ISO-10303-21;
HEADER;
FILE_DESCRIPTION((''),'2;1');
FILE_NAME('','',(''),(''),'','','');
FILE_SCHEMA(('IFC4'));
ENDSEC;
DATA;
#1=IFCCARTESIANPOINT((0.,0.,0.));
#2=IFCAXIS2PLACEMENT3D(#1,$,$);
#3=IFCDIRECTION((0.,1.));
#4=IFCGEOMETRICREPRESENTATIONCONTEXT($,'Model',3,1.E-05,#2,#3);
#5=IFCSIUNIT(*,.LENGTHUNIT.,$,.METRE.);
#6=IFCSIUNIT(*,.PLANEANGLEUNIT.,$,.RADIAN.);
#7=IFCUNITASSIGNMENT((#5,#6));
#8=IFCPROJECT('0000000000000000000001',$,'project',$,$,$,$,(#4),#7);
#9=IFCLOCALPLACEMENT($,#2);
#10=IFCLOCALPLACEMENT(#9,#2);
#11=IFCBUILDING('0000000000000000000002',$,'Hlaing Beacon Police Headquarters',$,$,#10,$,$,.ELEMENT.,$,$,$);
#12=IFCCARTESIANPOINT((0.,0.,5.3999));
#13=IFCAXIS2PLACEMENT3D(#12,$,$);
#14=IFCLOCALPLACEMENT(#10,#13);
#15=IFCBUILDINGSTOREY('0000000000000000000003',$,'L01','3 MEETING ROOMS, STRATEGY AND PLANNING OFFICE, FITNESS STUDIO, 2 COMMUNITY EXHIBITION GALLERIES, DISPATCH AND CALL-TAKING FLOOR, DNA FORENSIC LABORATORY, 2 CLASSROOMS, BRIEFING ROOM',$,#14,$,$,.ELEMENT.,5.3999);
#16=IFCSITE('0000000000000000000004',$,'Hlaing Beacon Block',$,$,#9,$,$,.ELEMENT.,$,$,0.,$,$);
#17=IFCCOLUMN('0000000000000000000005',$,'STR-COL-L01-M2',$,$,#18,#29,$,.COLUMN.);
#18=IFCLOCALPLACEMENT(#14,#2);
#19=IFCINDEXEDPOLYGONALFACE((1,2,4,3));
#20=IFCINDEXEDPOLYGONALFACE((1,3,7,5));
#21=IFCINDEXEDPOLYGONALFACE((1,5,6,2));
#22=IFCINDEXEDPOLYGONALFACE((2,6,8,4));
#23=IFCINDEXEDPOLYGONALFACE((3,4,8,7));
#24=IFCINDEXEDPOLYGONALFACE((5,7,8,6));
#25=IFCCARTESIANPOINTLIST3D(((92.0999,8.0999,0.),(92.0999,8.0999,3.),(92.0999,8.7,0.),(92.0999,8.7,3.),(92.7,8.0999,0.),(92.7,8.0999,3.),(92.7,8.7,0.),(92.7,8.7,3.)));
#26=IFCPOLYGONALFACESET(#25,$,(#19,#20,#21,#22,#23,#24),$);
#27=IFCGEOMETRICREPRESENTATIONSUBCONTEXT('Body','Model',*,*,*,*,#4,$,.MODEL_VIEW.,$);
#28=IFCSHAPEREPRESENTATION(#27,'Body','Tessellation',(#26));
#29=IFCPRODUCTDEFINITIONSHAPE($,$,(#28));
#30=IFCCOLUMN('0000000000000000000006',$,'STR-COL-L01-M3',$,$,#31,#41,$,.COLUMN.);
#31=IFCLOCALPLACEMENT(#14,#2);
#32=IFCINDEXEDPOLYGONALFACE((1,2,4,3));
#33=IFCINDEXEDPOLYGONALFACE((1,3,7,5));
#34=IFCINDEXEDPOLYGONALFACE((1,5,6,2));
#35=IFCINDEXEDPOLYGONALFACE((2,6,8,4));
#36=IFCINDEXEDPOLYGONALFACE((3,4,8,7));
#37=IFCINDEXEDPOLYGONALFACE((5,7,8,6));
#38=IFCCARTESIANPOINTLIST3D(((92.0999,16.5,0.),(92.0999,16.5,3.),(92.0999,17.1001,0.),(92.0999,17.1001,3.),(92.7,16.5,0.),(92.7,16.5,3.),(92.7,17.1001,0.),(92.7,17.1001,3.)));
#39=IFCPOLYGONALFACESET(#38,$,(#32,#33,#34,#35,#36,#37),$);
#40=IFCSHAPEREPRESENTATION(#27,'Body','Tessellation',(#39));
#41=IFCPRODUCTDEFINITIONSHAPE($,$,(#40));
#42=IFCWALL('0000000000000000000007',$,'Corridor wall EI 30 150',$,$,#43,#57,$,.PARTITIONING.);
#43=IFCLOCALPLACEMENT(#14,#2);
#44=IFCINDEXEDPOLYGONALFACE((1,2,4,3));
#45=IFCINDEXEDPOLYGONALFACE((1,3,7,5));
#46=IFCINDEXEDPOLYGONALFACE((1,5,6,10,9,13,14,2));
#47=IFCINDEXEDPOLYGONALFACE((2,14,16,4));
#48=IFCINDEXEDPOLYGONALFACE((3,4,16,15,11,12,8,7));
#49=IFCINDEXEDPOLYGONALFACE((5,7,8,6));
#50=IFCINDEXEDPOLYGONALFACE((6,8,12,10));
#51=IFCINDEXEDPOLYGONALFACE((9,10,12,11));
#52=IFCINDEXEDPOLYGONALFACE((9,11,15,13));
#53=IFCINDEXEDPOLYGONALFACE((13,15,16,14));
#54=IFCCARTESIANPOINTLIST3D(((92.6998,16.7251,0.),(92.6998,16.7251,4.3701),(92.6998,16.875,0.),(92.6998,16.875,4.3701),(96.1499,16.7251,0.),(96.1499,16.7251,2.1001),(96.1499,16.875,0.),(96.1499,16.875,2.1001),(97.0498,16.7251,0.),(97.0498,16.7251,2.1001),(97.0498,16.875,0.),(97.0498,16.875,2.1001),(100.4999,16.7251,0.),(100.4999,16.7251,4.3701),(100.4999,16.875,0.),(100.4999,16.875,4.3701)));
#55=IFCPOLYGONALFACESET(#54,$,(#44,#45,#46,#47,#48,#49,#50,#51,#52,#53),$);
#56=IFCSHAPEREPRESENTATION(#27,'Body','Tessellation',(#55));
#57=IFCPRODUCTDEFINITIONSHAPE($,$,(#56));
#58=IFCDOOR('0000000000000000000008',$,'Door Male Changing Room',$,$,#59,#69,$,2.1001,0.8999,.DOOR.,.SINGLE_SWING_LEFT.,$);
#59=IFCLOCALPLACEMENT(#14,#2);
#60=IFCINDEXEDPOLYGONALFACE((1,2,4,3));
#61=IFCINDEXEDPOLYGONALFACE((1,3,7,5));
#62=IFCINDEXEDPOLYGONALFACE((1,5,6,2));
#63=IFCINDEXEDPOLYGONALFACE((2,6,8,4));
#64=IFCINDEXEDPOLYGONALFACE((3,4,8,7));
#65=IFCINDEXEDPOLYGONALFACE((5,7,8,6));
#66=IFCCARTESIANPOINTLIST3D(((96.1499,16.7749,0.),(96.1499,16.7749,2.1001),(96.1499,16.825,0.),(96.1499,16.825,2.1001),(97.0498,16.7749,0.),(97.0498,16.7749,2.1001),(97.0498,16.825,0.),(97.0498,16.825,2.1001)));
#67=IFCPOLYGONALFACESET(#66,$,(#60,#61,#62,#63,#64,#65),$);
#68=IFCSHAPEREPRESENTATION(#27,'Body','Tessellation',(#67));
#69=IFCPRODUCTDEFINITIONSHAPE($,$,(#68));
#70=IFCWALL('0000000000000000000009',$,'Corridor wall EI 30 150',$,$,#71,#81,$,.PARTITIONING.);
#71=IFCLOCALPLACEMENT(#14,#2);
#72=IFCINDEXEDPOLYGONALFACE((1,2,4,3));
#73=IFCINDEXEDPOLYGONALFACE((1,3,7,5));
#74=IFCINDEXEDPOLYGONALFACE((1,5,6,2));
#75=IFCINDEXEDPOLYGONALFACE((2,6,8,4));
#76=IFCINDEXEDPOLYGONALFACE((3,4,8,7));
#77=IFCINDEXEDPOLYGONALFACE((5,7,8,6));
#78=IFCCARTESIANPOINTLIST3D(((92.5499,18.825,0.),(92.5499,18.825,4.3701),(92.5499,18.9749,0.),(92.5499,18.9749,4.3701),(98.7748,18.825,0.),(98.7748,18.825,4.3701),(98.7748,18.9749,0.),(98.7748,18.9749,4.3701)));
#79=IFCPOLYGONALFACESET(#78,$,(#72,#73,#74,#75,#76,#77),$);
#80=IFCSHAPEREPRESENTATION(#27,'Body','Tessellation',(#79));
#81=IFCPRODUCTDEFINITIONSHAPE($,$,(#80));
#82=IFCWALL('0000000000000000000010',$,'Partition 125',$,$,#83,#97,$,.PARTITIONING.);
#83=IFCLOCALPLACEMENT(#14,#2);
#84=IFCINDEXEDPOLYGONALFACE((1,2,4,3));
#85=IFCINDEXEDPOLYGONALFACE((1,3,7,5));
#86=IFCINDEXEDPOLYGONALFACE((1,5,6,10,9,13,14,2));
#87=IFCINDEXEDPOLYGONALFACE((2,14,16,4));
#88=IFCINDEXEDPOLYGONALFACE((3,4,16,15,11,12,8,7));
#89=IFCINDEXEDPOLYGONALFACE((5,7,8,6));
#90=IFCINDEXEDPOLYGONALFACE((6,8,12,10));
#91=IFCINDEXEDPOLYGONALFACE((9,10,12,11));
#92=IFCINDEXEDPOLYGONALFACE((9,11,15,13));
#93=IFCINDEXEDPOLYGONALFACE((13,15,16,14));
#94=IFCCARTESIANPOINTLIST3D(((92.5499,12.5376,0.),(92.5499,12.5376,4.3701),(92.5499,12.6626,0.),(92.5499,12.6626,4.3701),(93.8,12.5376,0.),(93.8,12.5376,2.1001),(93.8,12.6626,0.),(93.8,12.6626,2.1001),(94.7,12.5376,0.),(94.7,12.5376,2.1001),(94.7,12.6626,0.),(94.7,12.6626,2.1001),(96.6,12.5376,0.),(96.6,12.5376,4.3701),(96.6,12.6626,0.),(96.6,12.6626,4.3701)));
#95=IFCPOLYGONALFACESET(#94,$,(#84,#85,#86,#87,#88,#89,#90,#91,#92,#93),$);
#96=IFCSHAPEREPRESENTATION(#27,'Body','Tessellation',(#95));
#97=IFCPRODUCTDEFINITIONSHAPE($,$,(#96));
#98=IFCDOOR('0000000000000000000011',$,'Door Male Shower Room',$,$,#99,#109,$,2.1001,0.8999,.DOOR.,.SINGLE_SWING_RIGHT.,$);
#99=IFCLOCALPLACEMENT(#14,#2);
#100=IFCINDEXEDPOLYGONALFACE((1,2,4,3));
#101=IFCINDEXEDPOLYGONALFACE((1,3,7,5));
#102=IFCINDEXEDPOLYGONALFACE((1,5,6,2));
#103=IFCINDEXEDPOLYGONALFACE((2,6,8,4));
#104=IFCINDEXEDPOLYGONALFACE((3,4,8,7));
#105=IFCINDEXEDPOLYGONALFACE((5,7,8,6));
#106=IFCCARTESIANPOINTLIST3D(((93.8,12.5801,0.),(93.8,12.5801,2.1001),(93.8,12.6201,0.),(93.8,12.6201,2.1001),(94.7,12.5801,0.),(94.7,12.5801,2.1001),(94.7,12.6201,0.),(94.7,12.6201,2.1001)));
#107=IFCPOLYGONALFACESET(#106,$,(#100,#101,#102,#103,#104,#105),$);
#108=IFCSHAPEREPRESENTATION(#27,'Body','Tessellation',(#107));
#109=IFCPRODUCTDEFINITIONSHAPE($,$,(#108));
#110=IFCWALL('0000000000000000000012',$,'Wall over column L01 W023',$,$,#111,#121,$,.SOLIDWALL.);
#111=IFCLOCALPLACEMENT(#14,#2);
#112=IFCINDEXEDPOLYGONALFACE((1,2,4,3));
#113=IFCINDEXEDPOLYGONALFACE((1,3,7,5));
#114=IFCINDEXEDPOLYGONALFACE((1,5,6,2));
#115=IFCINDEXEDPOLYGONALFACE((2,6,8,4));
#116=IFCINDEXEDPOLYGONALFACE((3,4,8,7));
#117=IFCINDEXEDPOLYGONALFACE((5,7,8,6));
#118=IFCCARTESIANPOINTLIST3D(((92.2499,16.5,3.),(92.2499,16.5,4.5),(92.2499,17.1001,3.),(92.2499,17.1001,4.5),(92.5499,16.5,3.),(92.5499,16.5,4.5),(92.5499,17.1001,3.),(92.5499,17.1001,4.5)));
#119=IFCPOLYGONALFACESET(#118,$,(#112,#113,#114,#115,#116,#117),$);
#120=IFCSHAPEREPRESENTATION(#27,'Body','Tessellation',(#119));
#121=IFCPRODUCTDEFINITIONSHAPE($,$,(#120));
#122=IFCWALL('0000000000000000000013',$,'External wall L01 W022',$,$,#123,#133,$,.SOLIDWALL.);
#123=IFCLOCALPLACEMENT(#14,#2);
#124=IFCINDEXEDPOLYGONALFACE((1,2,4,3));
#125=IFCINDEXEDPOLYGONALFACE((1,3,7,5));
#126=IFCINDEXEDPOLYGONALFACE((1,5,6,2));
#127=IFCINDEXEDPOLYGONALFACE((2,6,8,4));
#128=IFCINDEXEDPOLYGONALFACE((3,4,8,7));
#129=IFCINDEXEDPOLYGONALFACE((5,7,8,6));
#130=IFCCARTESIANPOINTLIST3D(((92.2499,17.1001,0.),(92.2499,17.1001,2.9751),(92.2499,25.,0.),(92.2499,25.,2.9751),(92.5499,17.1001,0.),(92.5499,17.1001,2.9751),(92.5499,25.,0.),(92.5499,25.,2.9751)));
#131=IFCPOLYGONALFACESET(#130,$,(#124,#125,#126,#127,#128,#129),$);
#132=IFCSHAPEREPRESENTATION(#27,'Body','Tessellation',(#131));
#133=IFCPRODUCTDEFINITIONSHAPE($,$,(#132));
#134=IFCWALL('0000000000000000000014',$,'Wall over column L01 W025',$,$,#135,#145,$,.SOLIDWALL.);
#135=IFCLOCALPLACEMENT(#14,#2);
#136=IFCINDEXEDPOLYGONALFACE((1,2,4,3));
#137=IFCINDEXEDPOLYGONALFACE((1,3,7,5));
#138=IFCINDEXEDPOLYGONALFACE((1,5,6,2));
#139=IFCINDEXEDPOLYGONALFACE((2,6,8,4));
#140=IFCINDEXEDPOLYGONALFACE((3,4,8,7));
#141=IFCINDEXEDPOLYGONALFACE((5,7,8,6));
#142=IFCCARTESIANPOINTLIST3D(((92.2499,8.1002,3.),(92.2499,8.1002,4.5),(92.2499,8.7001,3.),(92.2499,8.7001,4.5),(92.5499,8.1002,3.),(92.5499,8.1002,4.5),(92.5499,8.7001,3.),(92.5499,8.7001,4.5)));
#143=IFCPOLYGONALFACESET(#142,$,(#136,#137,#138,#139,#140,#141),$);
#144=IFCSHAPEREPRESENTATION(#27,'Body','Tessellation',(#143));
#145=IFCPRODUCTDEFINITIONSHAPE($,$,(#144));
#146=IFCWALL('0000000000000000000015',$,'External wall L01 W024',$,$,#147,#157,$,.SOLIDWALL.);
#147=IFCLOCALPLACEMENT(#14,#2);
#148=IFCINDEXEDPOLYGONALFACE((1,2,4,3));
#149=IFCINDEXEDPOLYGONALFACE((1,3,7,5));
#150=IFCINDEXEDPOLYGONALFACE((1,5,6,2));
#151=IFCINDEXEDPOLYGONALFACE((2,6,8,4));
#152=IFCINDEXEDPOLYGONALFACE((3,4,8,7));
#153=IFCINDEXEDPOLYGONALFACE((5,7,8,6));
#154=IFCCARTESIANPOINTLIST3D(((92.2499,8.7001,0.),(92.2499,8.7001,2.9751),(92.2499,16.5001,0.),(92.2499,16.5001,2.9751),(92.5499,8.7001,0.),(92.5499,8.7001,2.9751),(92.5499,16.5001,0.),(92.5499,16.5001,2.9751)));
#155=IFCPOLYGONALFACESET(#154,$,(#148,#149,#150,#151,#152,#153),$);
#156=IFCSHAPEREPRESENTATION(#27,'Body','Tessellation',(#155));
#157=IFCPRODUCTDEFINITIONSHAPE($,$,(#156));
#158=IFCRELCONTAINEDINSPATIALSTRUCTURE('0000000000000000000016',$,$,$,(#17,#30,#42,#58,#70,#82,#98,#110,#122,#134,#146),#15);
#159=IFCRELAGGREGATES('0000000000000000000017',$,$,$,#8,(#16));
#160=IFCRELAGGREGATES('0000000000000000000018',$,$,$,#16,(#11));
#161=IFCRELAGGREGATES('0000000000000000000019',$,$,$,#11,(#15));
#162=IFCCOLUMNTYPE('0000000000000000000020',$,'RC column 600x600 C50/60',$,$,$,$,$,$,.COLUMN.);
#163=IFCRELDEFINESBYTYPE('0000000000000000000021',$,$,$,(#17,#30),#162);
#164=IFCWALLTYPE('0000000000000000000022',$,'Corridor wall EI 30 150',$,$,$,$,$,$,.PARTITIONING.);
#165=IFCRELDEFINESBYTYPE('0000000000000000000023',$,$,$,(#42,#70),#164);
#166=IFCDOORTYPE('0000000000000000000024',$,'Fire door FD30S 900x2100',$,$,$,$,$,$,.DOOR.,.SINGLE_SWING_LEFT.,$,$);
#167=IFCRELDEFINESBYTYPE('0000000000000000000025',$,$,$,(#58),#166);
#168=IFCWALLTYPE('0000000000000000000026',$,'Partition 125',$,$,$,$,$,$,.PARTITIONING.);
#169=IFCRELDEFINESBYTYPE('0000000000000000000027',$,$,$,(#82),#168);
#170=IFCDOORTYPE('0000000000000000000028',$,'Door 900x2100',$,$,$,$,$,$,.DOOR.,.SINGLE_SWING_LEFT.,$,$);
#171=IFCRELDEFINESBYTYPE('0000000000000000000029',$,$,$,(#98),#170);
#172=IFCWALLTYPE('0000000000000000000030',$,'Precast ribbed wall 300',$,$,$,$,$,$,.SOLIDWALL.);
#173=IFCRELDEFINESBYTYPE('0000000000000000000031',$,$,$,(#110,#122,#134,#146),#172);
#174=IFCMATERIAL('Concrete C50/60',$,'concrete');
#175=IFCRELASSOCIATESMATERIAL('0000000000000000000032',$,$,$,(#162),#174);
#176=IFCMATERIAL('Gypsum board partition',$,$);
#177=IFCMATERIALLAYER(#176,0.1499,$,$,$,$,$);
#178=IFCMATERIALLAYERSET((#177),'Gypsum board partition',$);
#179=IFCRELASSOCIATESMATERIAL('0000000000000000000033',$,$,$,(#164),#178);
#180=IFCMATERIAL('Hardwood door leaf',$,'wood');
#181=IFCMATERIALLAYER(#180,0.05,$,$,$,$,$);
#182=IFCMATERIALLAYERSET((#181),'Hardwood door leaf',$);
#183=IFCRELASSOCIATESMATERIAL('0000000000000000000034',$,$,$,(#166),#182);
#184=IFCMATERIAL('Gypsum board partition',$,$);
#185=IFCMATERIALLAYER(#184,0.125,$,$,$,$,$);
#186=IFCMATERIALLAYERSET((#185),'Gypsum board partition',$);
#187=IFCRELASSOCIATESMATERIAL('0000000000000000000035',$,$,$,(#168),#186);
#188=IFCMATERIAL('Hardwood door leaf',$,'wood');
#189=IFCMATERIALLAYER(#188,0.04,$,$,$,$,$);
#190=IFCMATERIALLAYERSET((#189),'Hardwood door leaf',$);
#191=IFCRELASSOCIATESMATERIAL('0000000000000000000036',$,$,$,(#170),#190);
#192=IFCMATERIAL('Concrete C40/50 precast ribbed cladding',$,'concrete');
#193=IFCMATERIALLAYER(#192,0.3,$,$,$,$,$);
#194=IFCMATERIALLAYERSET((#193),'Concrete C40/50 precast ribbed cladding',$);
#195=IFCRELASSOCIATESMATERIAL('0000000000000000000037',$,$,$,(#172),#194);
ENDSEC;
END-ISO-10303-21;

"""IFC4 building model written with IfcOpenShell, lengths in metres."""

from ifc_helpers import new_model, si_unit, direction, frame, frame_2d, origin, origin_2d, place, context, subcontext, project, spatial, rectangle, extrude, material, layer, layer_set, material_profile, profile_set, type_object, element, fill, save


model = new_model("IFC4")

# Units and contexts
model_context = context("Model", 3, precision=1e-05, world=origin(), true_north=direction((0.0, 1.0)))
body_context = subcontext(model_context, "Body", "Model", "MODEL_VIEW")
ifc_project = project(units=[si_unit("LENGTHUNIT", "METRE"), si_unit("PLANEANGLEUNIT", "RADIAN")], contexts=[model_context])

# Site, building, storey
site_placement = place(None, origin())
site = spatial("IfcSite", under=ifc_project, at=site_placement, Name="Hlaing Beacon Block", CompositionType="ELEMENT", RefElevation=0.0)
building_placement = place(site_placement, origin())
building = spatial("IfcBuilding", under=site, at=building_placement, Name="Hlaing Beacon Police Headquarters", CompositionType="ELEMENT")
storey_placement = place(building_placement, frame((0.0, 0.0, 5.3999)))
storey = spatial("IfcBuildingStorey", under=building, at=storey_placement, Name="L01", Description="3 MEETING ROOMS, STRATEGY AND PLANNING OFFICE, FITNESS STUDIO, 2 COMMUNITY EXHIBITION GALLERIES, DISPATCH AND CALL-TAKING FLOOR, DNA FORENSIC LABORATORY, 2 CLASSROOMS, BRIEFING ROOM", CompositionType="ELEMENT", Elevation=5.3999)

# Columns
ifc_material_1 = material(Name="Concrete C50/60", Category="concrete")
ifc_material_profile = material_profile(ifc_material_1, rectangle(XDim=0.6001, YDim=0.6001, at=origin_2d()), Name="600x600")
ifc_profile_set = profile_set([ifc_material_profile], Name="Concrete C50/60")
column_type = type_object("IfcColumnType", Name="RC column 600x600 C50/60", PredefinedType="COLUMN", material=ifc_profile_set)
for number, where, z_axis, x_axis, name in (
    (1, (92.3999, 8.3999, 0.0), (0.0, 0.0, 1.0), (1.0, 0.0, 0.0), "STR-COL-L01-M2"),
    (2, (92.3999, 16.8, 0.0), (0.0, 0.0, 1.0), (1.0, 0.0, 0.0), "STR-COL-L01-M3"),
):
    element("IfcColumn", number, at=place(storey_placement, frame(where, z_axis=z_axis, x_axis=x_axis)), inside=storey, type_object=column_type, Name=name, PredefinedType="COLUMN", context=body_context, shape_type="SweptSolid", body=[
        extrude(rectangle(XDim=0.6001, YDim=0.6001, at=origin_2d()), origin(), (0.0, 0.0, 1.0), 3.0),
    ])

# Wall, opening, door
ifc_material_2 = material(Name="Gypsum board partition")
ifc_layer_1 = layer(ifc_material_2, 0.1499)
ifc_layer_set_1 = layer_set([ifc_layer_1], Name="Gypsum board partition")
wall_type_1 = type_object("IfcWallType", Name="Corridor wall EI 30 150", PredefinedType="PARTITIONING", material=ifc_layer_set_1)
wall_1_placement = place(storey_placement, frame((92.7, 16.8, 0.0), z_axis=(0.0, 0.0, 1.0), x_axis=(1.0, 0.0, 0.0)))
wall_1 = element("IfcWall", 3, at=wall_1_placement, inside=storey, type_object=wall_type_1, Name="Corridor wall EI 30 150", PredefinedType="PARTITIONING", context=body_context, shape_type="SweptSolid", body=[
    extrude(rectangle(XDim=7.8, YDim=0.1499, at=frame_2d((3.8999, 0.0))), origin(), (0.0, 0.0, 1.0), 4.3701),
])
opening_1_placement = place(wall_1_placement, frame((3.45, 0.0, 0.0)))
opening_1 = element("IfcOpeningElement", 4, at=opening_1_placement, cuts=wall_1, PredefinedType="OPENING", context=body_context, shape_type="SweptSolid", body=[
    extrude(rectangle(XDim=0.8999, YDim=2.1001, at=frame_2d((0.45, 1.05))), frame((0.0, 0.085, 0.0), z_axis=(0.0, -1.0, 0.0), x_axis=(1.0, 0.0, 0.0)), (0.0, 0.0, 1.0), 0.1699),
])
ifc_material_3 = material(Name="Hardwood door leaf", Category="wood")
ifc_layer_2 = layer(ifc_material_3, 0.05)
ifc_layer_set_2 = layer_set([ifc_layer_2], Name="Hardwood door leaf")
door_type_1 = type_object("IfcDoorType", Name="Fire door FD30S 900x2100", OperationType="SINGLE_SWING_LEFT", PredefinedType="DOOR", material=ifc_layer_set_2)
door_1_placement = place(opening_1_placement, frame((0.8999, 0.0, 0.0), z_axis=(0.0, 0.0, 1.0), x_axis=(-1.0, 0.0, 0.0)))
door_1 = element("IfcDoor", 5, at=door_1_placement, inside=storey, type_object=door_type_1, Name="Door Male Changing Room", OperationType="SINGLE_SWING_LEFT", OverallHeight=2.1001, OverallWidth=0.8999, PredefinedType="DOOR", context=body_context, shape_type="SweptSolid", body=[
    extrude(rectangle(XDim=0.8999, YDim=2.1001, at=frame_2d((0.45, 1.05))), frame((0.0, 0.0251, 0.0), z_axis=(0.0, -1.0, 0.0), x_axis=(1.0, 0.0, 0.0)), (0.0, 0.0, 1.0), 0.05),
])
fill(opening_1, door_1)

# Wall
wall_2_placement = place(storey_placement, frame((92.55, 18.8999, 0.0), z_axis=(0.0, 0.0, 1.0), x_axis=(1.0, 0.0, 0.0)))
element("IfcWall", 6, at=wall_2_placement, inside=storey, type_object=wall_type_1, Name="Corridor wall EI 30 150", PredefinedType="PARTITIONING", context=body_context, shape_type="SweptSolid", body=[
    extrude(rectangle(XDim=6.2249, YDim=0.1499, at=frame_2d((3.1123, 0.0))), origin(), (0.0, 0.0, 1.0), 4.3701),
])

# Wall, opening, door
ifc_material_4 = material(Name="Gypsum board partition")
ifc_layer_3 = layer(ifc_material_4, 0.125)
ifc_layer_set_3 = layer_set([ifc_layer_3], Name="Gypsum board partition")
wall_type_2 = type_object("IfcWallType", Name="Partition 125", PredefinedType="PARTITIONING", material=ifc_layer_set_3)
wall_3_placement = place(storey_placement, frame((92.55, 12.6001, 0.0), z_axis=(0.0, 0.0, 1.0), x_axis=(1.0, 0.0, 0.0)))
wall_3 = element("IfcWall", 7, at=wall_3_placement, inside=storey, type_object=wall_type_2, Name="Partition 125", PredefinedType="PARTITIONING", context=body_context, shape_type="SweptSolid", body=[
    extrude(rectangle(XDim=4.05, YDim=0.125, at=frame_2d((2.0249, 0.0))), origin(), (0.0, 0.0, 1.0), 4.3701),
])
opening_2_placement = place(wall_3_placement, frame((1.25, 0.0, 0.0)))
opening_2 = element("IfcOpeningElement", 8, at=opening_2_placement, cuts=wall_3, PredefinedType="OPENING", context=body_context, shape_type="SweptSolid", body=[
    extrude(rectangle(XDim=0.8999, YDim=2.1001, at=frame_2d((0.45, 1.05))), frame((0.0, 0.0725, 0.0), z_axis=(0.0, -1.0, 0.0), x_axis=(1.0, 0.0, 0.0)), (0.0, 0.0, 1.0), 0.145),
])
ifc_material_5 = material(Name="Hardwood door leaf", Category="wood")
ifc_layer_4 = layer(ifc_material_5, 0.04)
ifc_layer_set_4 = layer_set([ifc_layer_4], Name="Hardwood door leaf")
door_type_2 = type_object("IfcDoorType", Name="Door 900x2100", OperationType="SINGLE_SWING_LEFT", PredefinedType="DOOR", material=ifc_layer_set_4)
door_2_placement = place(opening_2_placement, frame((0.8999, 0.0, 0.0), z_axis=(0.0, 0.0, 1.0), x_axis=(-1.0, 0.0, 0.0)))
door_2 = element("IfcDoor", 9, at=door_2_placement, inside=storey, type_object=door_type_2, Name="Door Male Shower Room", OperationType="SINGLE_SWING_RIGHT", OverallHeight=2.1001, OverallWidth=0.8999, PredefinedType="DOOR", context=body_context, shape_type="SweptSolid", body=[
    extrude(rectangle(XDim=0.8999, YDim=2.1001, at=frame_2d((0.45, 1.05))), frame((0.0, 0.02, 0.0), z_axis=(0.0, -1.0, 0.0), x_axis=(1.0, 0.0, 0.0)), (0.0, 0.0, 1.0), 0.04),
])
fill(opening_2, door_2)

# Walls
ifc_material_6 = material(Name="Concrete C40/50 precast ribbed cladding", Category="concrete")
ifc_layer_5 = layer(ifc_material_6, 0.3)
ifc_layer_set_5 = layer_set([ifc_layer_5], Name="Concrete C40/50 precast ribbed cladding")
wall_type_3 = type_object("IfcWallType", Name="Precast ribbed wall 300", PredefinedType="SOLIDWALL", material=ifc_layer_set_5)
wall_4_placement = place(storey_placement, frame((92.3999, 17.1001, 3.0), z_axis=(0.0, 0.0, 1.0), x_axis=(0.0, -1.0, 0.0)))
element("IfcWall", 10, at=wall_4_placement, inside=storey, type_object=wall_type_3, Name="Wall over column L01 W023", PredefinedType="SOLIDWALL", context=body_context, shape_type="SweptSolid", body=[
    extrude(rectangle(XDim=0.6001, YDim=0.3, at=frame_2d((0.3, 0.0))), origin(), (0.0, 0.0, 1.0), 1.5),
])
wall_5_placement = place(storey_placement, frame((92.3999, 25.0, 0.0), z_axis=(0.0, 0.0, 1.0), x_axis=(0.0, -1.0, 0.0)))
element("IfcWall", 11, at=wall_5_placement, inside=storey, type_object=wall_type_3, Name="External wall L01 W022", PredefinedType="SOLIDWALL", context=body_context, shape_type="SweptSolid", body=[
    extrude(rectangle(XDim=7.8999, YDim=0.3, at=frame_2d((3.95, 0.0))), origin(), (0.0, 0.0, 1.0), 2.9751),
])
wall_6_placement = place(storey_placement, frame((92.3999, 8.7, 3.0), z_axis=(0.0, 0.0, 1.0), x_axis=(0.0, -1.0, 0.0)))
element("IfcWall", 12, at=wall_6_placement, inside=storey, type_object=wall_type_3, Name="Wall over column L01 W025", PredefinedType="SOLIDWALL", context=body_context, shape_type="SweptSolid", body=[
    extrude(rectangle(XDim=0.5999, YDim=0.3, at=frame_2d((0.2998, 0.0))), origin(), (0.0, 0.0, 1.0), 1.5),
])
wall_7_placement = place(storey_placement, frame((92.3999, 16.5, 0.0), z_axis=(0.0, 0.0, 1.0), x_axis=(0.0, -1.0, 0.0)))
element("IfcWall", 13, at=wall_7_placement, inside=storey, type_object=wall_type_3, Name="External wall L01 W024", PredefinedType="SOLIDWALL", context=body_context, shape_type="SweptSolid", body=[
    extrude(rectangle(XDim=7.8, YDim=0.3, at=frame_2d((3.8999, 0.0))), origin(), (0.0, 0.0, 1.0), 2.9751),
])

save(model, "model.ifc")
